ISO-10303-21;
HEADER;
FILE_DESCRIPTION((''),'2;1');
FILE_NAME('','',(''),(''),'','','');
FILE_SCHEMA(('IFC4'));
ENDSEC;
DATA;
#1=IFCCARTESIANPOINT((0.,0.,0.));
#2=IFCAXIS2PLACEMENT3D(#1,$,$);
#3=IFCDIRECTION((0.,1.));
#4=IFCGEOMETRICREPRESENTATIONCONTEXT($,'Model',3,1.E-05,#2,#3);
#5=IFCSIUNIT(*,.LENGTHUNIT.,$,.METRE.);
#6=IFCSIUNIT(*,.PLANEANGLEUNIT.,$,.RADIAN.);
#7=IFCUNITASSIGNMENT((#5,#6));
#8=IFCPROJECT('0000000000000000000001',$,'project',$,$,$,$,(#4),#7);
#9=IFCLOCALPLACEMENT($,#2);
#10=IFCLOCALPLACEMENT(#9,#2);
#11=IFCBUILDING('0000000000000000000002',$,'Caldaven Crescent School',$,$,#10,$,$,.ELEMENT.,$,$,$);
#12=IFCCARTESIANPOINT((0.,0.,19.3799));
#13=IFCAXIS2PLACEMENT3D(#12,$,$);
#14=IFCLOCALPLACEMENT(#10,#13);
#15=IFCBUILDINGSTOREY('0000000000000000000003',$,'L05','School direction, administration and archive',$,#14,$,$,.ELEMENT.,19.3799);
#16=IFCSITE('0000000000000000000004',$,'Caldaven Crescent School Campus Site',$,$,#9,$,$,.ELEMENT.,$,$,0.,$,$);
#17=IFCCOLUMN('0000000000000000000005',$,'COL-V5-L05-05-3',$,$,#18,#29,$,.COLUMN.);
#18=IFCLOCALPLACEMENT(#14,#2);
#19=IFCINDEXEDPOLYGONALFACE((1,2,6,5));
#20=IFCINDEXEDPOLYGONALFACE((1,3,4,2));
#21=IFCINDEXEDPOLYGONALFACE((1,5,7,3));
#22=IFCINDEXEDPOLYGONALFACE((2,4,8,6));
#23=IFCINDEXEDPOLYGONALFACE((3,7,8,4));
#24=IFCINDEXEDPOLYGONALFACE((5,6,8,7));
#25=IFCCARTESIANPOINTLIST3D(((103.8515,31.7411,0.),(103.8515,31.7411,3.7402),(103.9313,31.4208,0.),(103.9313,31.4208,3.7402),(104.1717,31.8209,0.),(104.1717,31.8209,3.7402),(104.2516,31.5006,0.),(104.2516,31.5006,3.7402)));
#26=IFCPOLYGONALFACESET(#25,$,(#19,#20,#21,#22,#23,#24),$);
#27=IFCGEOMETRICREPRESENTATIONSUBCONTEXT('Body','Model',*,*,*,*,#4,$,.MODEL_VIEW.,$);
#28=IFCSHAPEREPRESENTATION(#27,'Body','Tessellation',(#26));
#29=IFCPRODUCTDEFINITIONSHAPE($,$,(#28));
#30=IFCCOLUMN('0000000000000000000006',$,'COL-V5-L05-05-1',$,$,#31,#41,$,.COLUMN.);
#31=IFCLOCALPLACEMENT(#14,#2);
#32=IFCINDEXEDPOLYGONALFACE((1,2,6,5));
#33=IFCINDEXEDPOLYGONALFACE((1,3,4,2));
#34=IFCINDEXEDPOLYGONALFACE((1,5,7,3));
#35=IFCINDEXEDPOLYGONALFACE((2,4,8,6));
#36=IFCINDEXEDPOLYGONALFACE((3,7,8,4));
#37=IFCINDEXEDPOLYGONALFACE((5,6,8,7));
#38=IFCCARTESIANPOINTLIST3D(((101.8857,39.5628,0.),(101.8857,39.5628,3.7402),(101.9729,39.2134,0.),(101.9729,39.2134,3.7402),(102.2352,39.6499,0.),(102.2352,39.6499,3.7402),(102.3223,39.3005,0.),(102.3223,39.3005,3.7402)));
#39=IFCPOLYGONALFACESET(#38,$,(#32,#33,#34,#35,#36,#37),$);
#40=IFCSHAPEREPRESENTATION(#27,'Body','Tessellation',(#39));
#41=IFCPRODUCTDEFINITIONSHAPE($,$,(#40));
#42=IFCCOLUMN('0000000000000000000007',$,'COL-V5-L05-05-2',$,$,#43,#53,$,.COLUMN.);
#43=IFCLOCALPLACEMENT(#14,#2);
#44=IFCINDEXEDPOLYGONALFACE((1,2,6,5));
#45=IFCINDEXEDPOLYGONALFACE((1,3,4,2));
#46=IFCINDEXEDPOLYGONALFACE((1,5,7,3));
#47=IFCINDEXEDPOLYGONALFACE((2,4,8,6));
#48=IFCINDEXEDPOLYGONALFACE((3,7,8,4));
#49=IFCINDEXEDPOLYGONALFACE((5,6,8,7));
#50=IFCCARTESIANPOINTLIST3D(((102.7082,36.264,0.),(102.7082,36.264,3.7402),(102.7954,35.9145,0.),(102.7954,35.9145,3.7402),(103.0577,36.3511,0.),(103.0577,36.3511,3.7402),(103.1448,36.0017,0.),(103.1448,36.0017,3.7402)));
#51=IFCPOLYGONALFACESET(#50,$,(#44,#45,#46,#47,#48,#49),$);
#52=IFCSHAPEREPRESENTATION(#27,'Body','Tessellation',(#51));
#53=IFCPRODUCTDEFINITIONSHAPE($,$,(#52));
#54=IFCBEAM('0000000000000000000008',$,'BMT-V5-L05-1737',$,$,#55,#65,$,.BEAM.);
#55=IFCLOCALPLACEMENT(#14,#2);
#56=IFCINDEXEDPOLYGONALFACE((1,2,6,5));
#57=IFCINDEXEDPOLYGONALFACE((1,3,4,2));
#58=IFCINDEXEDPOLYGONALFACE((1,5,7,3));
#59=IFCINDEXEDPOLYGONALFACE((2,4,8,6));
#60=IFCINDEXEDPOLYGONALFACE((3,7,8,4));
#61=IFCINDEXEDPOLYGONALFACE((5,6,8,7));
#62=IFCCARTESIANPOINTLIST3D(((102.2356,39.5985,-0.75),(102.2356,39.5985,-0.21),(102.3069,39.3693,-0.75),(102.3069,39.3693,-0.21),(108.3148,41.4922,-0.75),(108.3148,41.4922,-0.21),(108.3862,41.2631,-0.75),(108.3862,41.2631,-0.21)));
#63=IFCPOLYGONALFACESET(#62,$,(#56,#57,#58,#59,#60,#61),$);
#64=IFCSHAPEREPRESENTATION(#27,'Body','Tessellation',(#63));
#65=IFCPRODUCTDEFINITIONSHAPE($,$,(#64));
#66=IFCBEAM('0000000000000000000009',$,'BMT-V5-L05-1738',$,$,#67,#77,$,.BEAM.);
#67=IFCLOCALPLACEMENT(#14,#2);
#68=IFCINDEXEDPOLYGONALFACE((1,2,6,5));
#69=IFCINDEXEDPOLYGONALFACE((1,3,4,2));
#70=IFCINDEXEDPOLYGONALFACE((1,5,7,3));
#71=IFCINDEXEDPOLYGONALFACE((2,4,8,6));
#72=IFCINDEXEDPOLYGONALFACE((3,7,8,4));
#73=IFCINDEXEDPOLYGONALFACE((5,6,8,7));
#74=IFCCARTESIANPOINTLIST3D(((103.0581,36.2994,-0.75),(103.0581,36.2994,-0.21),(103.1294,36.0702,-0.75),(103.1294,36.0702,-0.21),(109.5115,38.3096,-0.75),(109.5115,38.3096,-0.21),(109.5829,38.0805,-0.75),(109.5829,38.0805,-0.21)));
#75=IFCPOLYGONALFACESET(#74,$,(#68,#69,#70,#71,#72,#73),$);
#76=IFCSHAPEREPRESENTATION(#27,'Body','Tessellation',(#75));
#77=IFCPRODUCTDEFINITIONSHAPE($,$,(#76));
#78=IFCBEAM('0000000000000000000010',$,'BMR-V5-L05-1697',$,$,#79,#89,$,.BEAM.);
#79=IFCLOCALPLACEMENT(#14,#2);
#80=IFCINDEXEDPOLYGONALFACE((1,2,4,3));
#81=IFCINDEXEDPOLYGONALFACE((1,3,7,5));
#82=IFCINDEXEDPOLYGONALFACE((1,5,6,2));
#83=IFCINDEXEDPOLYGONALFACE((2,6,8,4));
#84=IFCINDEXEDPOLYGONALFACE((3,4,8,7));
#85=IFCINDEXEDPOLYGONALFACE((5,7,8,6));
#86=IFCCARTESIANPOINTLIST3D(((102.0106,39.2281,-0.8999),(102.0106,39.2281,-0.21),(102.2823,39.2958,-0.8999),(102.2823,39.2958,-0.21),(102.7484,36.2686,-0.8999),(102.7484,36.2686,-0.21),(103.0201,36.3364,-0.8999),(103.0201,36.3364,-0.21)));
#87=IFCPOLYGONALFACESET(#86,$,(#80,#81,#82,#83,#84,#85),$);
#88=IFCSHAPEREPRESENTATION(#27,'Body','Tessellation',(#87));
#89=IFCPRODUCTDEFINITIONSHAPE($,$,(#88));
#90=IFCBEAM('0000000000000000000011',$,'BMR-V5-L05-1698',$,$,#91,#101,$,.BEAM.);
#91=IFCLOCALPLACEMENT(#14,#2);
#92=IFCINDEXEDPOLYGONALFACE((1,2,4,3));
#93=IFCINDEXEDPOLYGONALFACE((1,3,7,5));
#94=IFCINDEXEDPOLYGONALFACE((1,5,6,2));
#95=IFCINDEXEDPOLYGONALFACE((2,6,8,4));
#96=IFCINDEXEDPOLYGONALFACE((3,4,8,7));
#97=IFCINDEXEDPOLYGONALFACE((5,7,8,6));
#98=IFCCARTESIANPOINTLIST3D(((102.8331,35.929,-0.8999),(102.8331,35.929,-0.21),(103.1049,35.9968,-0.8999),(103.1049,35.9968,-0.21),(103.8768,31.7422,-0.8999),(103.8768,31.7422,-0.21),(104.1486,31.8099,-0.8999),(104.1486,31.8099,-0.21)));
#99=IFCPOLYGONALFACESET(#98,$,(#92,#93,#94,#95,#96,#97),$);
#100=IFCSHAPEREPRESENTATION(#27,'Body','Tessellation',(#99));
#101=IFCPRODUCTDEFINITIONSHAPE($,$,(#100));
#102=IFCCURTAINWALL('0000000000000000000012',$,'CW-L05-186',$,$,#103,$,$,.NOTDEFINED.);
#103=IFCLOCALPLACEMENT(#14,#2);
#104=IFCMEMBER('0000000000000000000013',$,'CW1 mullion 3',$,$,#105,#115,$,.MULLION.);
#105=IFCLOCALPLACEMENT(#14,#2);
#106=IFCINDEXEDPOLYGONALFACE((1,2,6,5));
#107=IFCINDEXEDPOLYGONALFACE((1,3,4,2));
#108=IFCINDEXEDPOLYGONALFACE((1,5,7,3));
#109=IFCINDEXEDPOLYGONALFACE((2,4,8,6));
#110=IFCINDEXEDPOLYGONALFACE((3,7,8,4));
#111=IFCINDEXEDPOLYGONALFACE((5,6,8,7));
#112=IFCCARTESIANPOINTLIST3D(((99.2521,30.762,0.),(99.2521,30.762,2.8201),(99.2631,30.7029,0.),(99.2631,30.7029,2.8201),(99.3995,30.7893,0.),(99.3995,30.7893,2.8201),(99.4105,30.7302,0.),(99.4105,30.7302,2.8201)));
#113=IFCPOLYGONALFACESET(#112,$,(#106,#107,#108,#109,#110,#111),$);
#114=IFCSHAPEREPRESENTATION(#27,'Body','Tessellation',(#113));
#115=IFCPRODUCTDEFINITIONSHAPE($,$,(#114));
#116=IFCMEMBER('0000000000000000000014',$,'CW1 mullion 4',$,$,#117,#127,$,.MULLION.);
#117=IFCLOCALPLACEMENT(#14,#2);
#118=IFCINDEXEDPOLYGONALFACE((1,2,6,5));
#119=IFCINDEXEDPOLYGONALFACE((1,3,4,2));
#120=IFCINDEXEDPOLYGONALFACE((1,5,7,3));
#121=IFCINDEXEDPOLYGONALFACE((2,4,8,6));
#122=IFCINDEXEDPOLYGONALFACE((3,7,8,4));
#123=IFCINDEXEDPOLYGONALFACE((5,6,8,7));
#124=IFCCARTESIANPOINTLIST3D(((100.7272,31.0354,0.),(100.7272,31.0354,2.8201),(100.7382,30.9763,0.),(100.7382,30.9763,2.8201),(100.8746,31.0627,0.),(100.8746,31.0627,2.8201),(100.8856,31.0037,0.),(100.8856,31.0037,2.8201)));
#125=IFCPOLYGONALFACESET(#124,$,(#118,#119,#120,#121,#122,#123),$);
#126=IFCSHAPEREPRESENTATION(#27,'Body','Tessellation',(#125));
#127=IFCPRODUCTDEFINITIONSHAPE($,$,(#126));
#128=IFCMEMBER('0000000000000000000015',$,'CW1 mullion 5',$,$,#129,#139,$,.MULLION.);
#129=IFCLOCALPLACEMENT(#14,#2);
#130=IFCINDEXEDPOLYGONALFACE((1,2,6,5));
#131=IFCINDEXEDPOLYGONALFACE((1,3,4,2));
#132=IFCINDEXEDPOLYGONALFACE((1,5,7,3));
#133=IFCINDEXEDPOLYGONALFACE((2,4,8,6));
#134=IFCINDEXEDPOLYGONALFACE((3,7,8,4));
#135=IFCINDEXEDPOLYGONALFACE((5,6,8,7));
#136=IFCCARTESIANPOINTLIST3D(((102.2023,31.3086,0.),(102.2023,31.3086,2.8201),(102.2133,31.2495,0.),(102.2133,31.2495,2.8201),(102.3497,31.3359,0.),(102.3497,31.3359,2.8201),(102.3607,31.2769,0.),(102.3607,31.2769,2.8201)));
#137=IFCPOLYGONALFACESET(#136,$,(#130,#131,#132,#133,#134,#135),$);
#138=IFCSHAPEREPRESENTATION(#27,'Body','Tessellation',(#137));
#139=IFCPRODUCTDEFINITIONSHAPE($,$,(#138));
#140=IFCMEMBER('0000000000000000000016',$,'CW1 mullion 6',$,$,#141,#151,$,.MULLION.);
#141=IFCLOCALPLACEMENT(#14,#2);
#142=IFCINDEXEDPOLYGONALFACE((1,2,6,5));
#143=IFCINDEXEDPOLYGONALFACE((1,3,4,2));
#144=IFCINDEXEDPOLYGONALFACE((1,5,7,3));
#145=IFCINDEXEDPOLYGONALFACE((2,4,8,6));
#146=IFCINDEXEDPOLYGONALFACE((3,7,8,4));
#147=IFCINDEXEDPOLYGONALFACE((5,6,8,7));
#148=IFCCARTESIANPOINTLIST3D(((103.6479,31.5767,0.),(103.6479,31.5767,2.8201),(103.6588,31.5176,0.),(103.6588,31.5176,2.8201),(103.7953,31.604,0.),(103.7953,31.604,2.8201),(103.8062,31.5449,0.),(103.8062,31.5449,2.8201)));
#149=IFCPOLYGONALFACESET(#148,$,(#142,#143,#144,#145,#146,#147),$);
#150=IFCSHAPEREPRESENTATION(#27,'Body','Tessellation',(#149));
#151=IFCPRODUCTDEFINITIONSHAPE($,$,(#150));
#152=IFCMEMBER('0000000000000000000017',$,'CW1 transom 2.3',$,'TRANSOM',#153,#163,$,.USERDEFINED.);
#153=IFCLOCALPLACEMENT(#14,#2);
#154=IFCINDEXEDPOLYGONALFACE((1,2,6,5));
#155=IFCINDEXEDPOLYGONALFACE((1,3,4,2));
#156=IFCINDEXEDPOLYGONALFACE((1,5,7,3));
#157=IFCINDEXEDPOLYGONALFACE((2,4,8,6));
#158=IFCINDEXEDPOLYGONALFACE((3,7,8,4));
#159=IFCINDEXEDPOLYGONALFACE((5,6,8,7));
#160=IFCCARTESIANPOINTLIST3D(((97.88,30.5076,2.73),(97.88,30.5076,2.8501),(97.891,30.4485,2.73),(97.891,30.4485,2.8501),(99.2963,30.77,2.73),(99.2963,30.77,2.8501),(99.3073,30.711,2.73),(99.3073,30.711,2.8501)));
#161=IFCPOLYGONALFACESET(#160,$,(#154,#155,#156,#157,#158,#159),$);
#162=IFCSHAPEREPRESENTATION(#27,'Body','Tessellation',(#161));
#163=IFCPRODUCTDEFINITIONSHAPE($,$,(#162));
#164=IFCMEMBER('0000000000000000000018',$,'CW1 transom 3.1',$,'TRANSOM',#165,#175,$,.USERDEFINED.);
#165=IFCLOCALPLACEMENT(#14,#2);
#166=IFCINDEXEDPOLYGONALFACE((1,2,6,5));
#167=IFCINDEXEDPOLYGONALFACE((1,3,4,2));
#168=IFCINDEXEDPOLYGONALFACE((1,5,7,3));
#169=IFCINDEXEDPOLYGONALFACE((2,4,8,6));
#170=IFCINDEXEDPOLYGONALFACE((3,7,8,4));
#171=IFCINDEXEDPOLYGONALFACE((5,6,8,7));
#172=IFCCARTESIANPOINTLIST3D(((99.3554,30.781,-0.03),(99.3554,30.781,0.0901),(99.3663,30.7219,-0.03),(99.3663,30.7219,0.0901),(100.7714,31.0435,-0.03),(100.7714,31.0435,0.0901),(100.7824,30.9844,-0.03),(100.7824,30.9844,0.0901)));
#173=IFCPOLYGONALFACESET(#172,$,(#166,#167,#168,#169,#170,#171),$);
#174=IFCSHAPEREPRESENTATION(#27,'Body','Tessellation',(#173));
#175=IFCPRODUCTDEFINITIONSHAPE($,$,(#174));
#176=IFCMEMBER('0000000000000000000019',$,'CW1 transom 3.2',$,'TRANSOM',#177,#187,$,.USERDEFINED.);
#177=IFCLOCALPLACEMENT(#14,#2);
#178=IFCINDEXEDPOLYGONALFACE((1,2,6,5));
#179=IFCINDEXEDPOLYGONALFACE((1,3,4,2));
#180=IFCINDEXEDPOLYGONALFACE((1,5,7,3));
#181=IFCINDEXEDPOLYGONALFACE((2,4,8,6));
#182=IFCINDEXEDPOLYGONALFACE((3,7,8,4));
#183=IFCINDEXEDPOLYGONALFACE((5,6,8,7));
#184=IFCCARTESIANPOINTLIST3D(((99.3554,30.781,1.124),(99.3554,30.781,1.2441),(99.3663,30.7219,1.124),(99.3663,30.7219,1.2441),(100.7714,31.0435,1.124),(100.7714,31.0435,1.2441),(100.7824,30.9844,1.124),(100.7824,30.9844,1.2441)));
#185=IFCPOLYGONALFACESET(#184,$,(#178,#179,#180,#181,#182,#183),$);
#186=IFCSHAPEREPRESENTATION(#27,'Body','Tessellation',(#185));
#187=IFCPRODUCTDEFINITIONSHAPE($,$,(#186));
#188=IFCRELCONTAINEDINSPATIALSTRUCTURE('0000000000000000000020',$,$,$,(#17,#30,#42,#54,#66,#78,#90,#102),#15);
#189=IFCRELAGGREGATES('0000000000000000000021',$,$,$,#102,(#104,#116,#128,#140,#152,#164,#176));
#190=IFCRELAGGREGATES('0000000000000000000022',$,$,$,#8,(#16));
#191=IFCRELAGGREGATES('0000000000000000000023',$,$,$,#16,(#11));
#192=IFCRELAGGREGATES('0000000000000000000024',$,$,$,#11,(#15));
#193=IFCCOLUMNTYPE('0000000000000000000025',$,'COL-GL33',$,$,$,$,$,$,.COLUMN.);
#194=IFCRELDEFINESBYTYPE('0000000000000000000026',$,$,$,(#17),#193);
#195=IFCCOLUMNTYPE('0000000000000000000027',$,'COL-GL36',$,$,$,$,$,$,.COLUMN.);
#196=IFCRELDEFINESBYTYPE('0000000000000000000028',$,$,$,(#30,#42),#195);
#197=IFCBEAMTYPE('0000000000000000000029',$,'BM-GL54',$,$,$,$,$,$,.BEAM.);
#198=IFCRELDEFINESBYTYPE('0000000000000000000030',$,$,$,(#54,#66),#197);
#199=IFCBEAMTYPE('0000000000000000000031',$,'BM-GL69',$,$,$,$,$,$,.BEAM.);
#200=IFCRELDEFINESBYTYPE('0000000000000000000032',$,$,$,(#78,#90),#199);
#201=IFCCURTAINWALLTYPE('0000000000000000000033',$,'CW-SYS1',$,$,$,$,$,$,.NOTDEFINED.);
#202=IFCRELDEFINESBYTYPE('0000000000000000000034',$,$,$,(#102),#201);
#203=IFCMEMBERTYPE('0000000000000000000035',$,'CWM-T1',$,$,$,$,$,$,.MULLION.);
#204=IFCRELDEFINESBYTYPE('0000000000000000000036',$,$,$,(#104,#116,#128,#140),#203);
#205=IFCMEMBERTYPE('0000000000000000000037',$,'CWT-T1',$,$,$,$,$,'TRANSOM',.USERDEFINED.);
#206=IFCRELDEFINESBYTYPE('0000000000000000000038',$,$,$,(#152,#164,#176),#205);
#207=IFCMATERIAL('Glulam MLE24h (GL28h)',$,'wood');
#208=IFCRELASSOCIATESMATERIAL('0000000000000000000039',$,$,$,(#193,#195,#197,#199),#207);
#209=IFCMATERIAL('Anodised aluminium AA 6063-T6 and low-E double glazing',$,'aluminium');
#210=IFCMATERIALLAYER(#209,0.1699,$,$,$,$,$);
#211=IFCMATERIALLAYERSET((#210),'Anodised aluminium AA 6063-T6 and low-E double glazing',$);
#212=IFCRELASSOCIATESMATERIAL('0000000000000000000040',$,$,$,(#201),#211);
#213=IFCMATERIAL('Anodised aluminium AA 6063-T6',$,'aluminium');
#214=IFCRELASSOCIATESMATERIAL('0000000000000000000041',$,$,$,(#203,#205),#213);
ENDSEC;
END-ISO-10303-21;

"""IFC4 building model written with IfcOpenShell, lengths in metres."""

from ifc_helpers import new_model, si_unit, direction, frame, origin, origin_2d, place, context, subcontext, project, spatial, rectangle, extrude, material, layer, layer_set, material_profile, profile_set, type_object, element, aggregate, save


model = new_model("IFC4")

# Units and contexts
model_context = context("Model", 3, precision=1e-05, world=origin(), true_north=direction((0.0, 1.0)))
body_context = subcontext(model_context, "Body", "Model", "MODEL_VIEW")
ifc_project = project(units=[si_unit("LENGTHUNIT", "METRE"), si_unit("PLANEANGLEUNIT", "RADIAN")], contexts=[model_context])

# Site, building, storey
site_placement = place(None, origin())
site = spatial("IfcSite", under=ifc_project, at=site_placement, Name="Caldaven Crescent School Campus Site", CompositionType="ELEMENT", RefElevation=0.0)
building_placement = place(site_placement, origin())
building = spatial("IfcBuilding", under=site, at=building_placement, Name="Caldaven Crescent School", CompositionType="ELEMENT")
storey_placement = place(building_placement, frame((0.0, 0.0, 19.3799)))
storey = spatial("IfcBuildingStorey", under=building, at=storey_placement, Name="L05", Description="School direction, administration and archive", CompositionType="ELEMENT", Elevation=19.3799)

# Columns
ifc_material_1 = material(Name="Glulam MLE24h (GL28h)", Category="wood")
ifc_material_profile_1 = material_profile(ifc_material_1, rectangle(XDim=0.3301, YDim=0.3301, at=origin_2d()), Name="MLE 330x330")
ifc_profile_set_1 = profile_set([ifc_material_profile_1], Name="Glulam MLE24h (GL28h)")
column_type_1 = type_object("IfcColumnType", Name="COL-GL33", PredefinedType="COLUMN", material=ifc_profile_set_1)
column_placement = place(storey_placement, frame((104.0515, 31.6208, 0.0), z_axis=(0.0, 0.0, 1.0), x_axis=(0.241922, -0.970296, 0.0)))
element("IfcColumn", 1, at=column_placement, inside=storey, type_object=column_type_1, Name="COL-V5-L05-05-3", PredefinedType="COLUMN", context=body_context, shape_type="SweptSolid", body=[
    extrude(rectangle(XDim=0.3301, YDim=0.3301, at=origin_2d()), origin(), (0.0, 0.0, 1.0), 3.7402),
])
ifc_material_profile_2 = material_profile(ifc_material_1, rectangle(XDim=0.3601, YDim=0.3601, at=origin_2d()), Name="MLE 360x360")
ifc_profile_set_2 = profile_set([ifc_material_profile_2], Name="Glulam MLE24h (GL28h)")
column_type_2 = type_object("IfcColumnType", Name="COL-GL36", PredefinedType="COLUMN", material=ifc_profile_set_2)
for number, where, z_axis, x_axis, name in (
    (2, (102.104, 39.4316, 0.0), (0.0, 0.0, 1.0), (0.241922, -0.970296, 0.0), "COL-V5-L05-05-1"),
    (3, (102.9265, 36.1328, 0.0), (0.0, 0.0, 1.0), (0.241922, -0.970296, 0.0), "COL-V5-L05-05-2"),
):
    element("IfcColumn", number, at=place(storey_placement, frame(where, z_axis=z_axis, x_axis=x_axis)), inside=storey, type_object=column_type_2, Name=name, PredefinedType="COLUMN", context=body_context, shape_type="SweptSolid", body=[
        extrude(rectangle(XDim=0.3601, YDim=0.3601, at=origin_2d()), origin(), (0.0, 0.0, 1.0), 3.7402),
    ])

# Beams
ifc_material_profile_3 = material_profile(ifc_material_1, rectangle(XDim=0.24, YDim=0.54, at=origin_2d()), Name="MLE 240x540")
ifc_profile_set_3 = profile_set([ifc_material_profile_3], Name="Glulam MLE24h (GL28h)")
beam_type_1 = type_object("IfcBeamType", Name="BM-GL54", PredefinedType="BEAM", material=ifc_profile_set_3)
beam_1_placement = place(storey_placement, frame((102.2712, 39.4839, -0.48), z_axis=(0.954748, 0.297417, 0.0), x_axis=(-0.297417, 0.954748, 0.0)))
element("IfcBeam", 4, at=beam_1_placement, inside=storey, type_object=beam_type_1, Name="BMT-V5-L05-1737", PredefinedType="BEAM", context=body_context, shape_type="SweptSolid", body=[
    extrude(rectangle(XDim=0.24, YDim=0.54, at=origin_2d()), origin(), (0.0, 0.0, 1.0), 6.3674),
])
beam_2_placement = place(storey_placement, frame((103.0938, 36.1848, -0.48), z_axis=(0.95475, 0.297409, 0.0), x_axis=(-0.297409, 0.95475, 0.0)))
element("IfcBeam", 5, at=beam_2_placement, inside=storey, type_object=beam_type_1, Name="BMT-V5-L05-1738", PredefinedType="BEAM", context=body_context, shape_type="SweptSolid", body=[
    extrude(rectangle(XDim=0.24, YDim=0.54, at=origin_2d()), origin(), (0.0, 0.0, 1.0), 6.7593),
])
ifc_material_profile_4 = material_profile(ifc_material_1, rectangle(XDim=0.28, YDim=0.6899, at=origin_2d()), Name="MLE 280x690")
ifc_profile_set_4 = profile_set([ifc_material_profile_4], Name="Glulam MLE24h (GL28h)")
beam_type_2 = type_object("IfcBeamType", Name="BM-GL69", PredefinedType="BEAM", material=ifc_profile_set_4)
beam_3_placement = place(storey_placement, frame((102.1465, 39.262, -0.5549), z_axis=(0.241895, -0.970302, 0.0), x_axis=(0.970302, 0.241895, 0.0)))
element("IfcBeam", 6, at=beam_3_placement, inside=storey, type_object=beam_type_2, Name="BMR-V5-L05-1697", PredefinedType="BEAM", context=body_context, shape_type="SweptSolid", body=[
    extrude(rectangle(XDim=0.28, YDim=0.6899, at=origin_2d()), origin(), (0.0, 0.0, 1.0), 3.05),
])
beam_4_placement = place(storey_placement, frame((102.969, 35.9629, -0.5549), z_axis=(0.241883, -0.970305, 0.0), x_axis=(0.970305, 0.241883, 0.0)))
element("IfcBeam", 7, at=beam_4_placement, inside=storey, type_object=beam_type_2, Name="BMR-V5-L05-1698", PredefinedType="BEAM", context=body_context, shape_type="SweptSolid", body=[
    extrude(rectangle(XDim=0.28, YDim=0.6899, at=origin_2d()), origin(), (0.0, 0.0, 1.0), 4.3149),
])

# Curtain wall, members
ifc_material_2 = material(Name="Anodised aluminium AA 6063-T6 and low-E double glazing", Category="aluminium")
ifc_layer_1 = layer(ifc_material_2, 0.1699)
ifc_layer_set_1 = layer_set([ifc_layer_1], Name="Anodised aluminium AA 6063-T6 and low-E double glazing")
curtain_wall_type = type_object("IfcCurtainWallType", Name="CW-SYS1", PredefinedType="NOTDEFINED", material=ifc_layer_set_1)
curtain_wall_placement = place(storey_placement, origin())
curtain_wall = element("IfcCurtainWall", 8, at=curtain_wall_placement, inside=storey, type_object=curtain_wall_type, Name="CW-L05-186", PredefinedType="NOTDEFINED")
ifc_material_3 = material(Name="Anodised aluminium AA 6063-T6", Category="aluminium")
ifc_material_profile_5 = material_profile(ifc_material_3, rectangle(XDim=0.0601, YDim=0.1499, at=origin_2d()), Name="CWM 60x150")
ifc_profile_set_5 = profile_set([ifc_material_profile_5], Name="Anodised aluminium AA 6063-T6")
member_type_1 = type_object("IfcMemberType", Name="CWM-T1", PredefinedType="MULLION", material=ifc_profile_set_5)
member_1_placement = place(storey_placement, frame((99.3313, 30.7461, 0.0), z_axis=(0.0, 0.0, 1.0), x_axis=(-0.182236, 0.983255, 0.0)))
member_1 = element("IfcMember", 9, at=member_1_placement, type_object=member_type_1, Name="CW1 mullion 3", PredefinedType="MULLION", context=body_context, shape_type="SweptSolid", body=[
    extrude(rectangle(XDim=0.0601, YDim=0.1499, at=origin_2d()), origin(), (0.0, 0.0, 1.0), 2.8201),
])
member_2_placement = place(storey_placement, frame((100.8064, 31.0195, 0.0), z_axis=(0.0, 0.0, 1.0), x_axis=(-0.182236, 0.983255, 0.0)))
member_2 = element("IfcMember", 10, at=member_2_placement, type_object=member_type_1, Name="CW1 mullion 4", PredefinedType="MULLION", context=body_context, shape_type="SweptSolid", body=[
    extrude(rectangle(XDim=0.0601, YDim=0.1499, at=origin_2d()), origin(), (0.0, 0.0, 1.0), 2.8201),
])
member_3_placement = place(storey_placement, frame((102.2815, 31.2927, 0.0), z_axis=(0.0, 0.0, 1.0), x_axis=(-0.182236, 0.983255, 0.0)))
member_3 = element("IfcMember", 11, at=member_3_placement, type_object=member_type_1, Name="CW1 mullion 5", PredefinedType="MULLION", context=body_context, shape_type="SweptSolid", body=[
    extrude(rectangle(XDim=0.0601, YDim=0.1499, at=origin_2d()), origin(), (0.0, 0.0, 1.0), 2.8201),
])
member_4_placement = place(storey_placement, frame((103.7271, 31.5608, 0.0), z_axis=(0.0, 0.0, 1.0), x_axis=(-0.182236, 0.983255, 0.0)))
member_4 = element("IfcMember", 12, at=member_4_placement, type_object=member_type_1, Name="CW1 mullion 6", PredefinedType="MULLION", context=body_context, shape_type="SweptSolid", body=[
    extrude(rectangle(XDim=0.0601, YDim=0.1499, at=origin_2d()), origin(), (0.0, 0.0, 1.0), 2.8201),
])
ifc_material_profile_6 = material_profile(ifc_material_3, rectangle(XDim=0.0601, YDim=0.1201, at=origin_2d()), Name="CWT 60x120")
ifc_profile_set_6 = profile_set([ifc_material_profile_6], Name="Anodised aluminium AA 6063-T6")
member_type_2 = type_object("IfcMemberType", Name="CWT-T1", ElementType="TRANSOM", PredefinedType="USERDEFINED", material=ifc_profile_set_6)
member_5_placement = place(storey_placement, frame((97.8855, 30.478, 2.79), z_axis=(0.98326, 0.182211, 0.0), x_axis=(-0.182211, 0.98326, 0.0)))
member_5 = element("IfcMember", 13, at=member_5_placement, type_object=member_type_2, Name="CW1 transom 2.3", ObjectType="TRANSOM", PredefinedType="USERDEFINED", context=body_context, shape_type="SweptSolid", body=[
    extrude(rectangle(XDim=0.0601, YDim=0.1201, at=origin_2d()), origin(), (0.0, 0.0, 1.0), 1.4404),
])
member_6_placement = place(storey_placement, frame((99.3608, 30.7515, 0.03), z_axis=(0.983254, 0.182241, 0.0), x_axis=(-0.182241, 0.983254, 0.0)))
member_6 = element("IfcMember", 14, at=member_6_placement, type_object=member_type_2, Name="CW1 transom 3.1", ObjectType="TRANSOM", PredefinedType="USERDEFINED", context=body_context, shape_type="SweptSolid", body=[
    extrude(rectangle(XDim=0.0601, YDim=0.1201, at=origin_2d()), origin(), (0.0, 0.0, 1.0), 1.4402),
])
member_7_placement = place(storey_placement, frame((99.3608, 30.7515, 1.1841), z_axis=(0.983254, 0.182241, 0.0), x_axis=(-0.182241, 0.983254, 0.0)))
member_7 = element("IfcMember", 15, at=member_7_placement, type_object=member_type_2, Name="CW1 transom 3.2", ObjectType="TRANSOM", PredefinedType="USERDEFINED", context=body_context, shape_type="SweptSolid", body=[
    extrude(rectangle(XDim=0.0601, YDim=0.1201, at=origin_2d()), origin(), (0.0, 0.0, 1.0), 1.4402),
])
aggregate(curtain_wall, [member_1, member_2, member_3, member_4, member_5, member_6, member_7])

save(model, "model.ifc")
